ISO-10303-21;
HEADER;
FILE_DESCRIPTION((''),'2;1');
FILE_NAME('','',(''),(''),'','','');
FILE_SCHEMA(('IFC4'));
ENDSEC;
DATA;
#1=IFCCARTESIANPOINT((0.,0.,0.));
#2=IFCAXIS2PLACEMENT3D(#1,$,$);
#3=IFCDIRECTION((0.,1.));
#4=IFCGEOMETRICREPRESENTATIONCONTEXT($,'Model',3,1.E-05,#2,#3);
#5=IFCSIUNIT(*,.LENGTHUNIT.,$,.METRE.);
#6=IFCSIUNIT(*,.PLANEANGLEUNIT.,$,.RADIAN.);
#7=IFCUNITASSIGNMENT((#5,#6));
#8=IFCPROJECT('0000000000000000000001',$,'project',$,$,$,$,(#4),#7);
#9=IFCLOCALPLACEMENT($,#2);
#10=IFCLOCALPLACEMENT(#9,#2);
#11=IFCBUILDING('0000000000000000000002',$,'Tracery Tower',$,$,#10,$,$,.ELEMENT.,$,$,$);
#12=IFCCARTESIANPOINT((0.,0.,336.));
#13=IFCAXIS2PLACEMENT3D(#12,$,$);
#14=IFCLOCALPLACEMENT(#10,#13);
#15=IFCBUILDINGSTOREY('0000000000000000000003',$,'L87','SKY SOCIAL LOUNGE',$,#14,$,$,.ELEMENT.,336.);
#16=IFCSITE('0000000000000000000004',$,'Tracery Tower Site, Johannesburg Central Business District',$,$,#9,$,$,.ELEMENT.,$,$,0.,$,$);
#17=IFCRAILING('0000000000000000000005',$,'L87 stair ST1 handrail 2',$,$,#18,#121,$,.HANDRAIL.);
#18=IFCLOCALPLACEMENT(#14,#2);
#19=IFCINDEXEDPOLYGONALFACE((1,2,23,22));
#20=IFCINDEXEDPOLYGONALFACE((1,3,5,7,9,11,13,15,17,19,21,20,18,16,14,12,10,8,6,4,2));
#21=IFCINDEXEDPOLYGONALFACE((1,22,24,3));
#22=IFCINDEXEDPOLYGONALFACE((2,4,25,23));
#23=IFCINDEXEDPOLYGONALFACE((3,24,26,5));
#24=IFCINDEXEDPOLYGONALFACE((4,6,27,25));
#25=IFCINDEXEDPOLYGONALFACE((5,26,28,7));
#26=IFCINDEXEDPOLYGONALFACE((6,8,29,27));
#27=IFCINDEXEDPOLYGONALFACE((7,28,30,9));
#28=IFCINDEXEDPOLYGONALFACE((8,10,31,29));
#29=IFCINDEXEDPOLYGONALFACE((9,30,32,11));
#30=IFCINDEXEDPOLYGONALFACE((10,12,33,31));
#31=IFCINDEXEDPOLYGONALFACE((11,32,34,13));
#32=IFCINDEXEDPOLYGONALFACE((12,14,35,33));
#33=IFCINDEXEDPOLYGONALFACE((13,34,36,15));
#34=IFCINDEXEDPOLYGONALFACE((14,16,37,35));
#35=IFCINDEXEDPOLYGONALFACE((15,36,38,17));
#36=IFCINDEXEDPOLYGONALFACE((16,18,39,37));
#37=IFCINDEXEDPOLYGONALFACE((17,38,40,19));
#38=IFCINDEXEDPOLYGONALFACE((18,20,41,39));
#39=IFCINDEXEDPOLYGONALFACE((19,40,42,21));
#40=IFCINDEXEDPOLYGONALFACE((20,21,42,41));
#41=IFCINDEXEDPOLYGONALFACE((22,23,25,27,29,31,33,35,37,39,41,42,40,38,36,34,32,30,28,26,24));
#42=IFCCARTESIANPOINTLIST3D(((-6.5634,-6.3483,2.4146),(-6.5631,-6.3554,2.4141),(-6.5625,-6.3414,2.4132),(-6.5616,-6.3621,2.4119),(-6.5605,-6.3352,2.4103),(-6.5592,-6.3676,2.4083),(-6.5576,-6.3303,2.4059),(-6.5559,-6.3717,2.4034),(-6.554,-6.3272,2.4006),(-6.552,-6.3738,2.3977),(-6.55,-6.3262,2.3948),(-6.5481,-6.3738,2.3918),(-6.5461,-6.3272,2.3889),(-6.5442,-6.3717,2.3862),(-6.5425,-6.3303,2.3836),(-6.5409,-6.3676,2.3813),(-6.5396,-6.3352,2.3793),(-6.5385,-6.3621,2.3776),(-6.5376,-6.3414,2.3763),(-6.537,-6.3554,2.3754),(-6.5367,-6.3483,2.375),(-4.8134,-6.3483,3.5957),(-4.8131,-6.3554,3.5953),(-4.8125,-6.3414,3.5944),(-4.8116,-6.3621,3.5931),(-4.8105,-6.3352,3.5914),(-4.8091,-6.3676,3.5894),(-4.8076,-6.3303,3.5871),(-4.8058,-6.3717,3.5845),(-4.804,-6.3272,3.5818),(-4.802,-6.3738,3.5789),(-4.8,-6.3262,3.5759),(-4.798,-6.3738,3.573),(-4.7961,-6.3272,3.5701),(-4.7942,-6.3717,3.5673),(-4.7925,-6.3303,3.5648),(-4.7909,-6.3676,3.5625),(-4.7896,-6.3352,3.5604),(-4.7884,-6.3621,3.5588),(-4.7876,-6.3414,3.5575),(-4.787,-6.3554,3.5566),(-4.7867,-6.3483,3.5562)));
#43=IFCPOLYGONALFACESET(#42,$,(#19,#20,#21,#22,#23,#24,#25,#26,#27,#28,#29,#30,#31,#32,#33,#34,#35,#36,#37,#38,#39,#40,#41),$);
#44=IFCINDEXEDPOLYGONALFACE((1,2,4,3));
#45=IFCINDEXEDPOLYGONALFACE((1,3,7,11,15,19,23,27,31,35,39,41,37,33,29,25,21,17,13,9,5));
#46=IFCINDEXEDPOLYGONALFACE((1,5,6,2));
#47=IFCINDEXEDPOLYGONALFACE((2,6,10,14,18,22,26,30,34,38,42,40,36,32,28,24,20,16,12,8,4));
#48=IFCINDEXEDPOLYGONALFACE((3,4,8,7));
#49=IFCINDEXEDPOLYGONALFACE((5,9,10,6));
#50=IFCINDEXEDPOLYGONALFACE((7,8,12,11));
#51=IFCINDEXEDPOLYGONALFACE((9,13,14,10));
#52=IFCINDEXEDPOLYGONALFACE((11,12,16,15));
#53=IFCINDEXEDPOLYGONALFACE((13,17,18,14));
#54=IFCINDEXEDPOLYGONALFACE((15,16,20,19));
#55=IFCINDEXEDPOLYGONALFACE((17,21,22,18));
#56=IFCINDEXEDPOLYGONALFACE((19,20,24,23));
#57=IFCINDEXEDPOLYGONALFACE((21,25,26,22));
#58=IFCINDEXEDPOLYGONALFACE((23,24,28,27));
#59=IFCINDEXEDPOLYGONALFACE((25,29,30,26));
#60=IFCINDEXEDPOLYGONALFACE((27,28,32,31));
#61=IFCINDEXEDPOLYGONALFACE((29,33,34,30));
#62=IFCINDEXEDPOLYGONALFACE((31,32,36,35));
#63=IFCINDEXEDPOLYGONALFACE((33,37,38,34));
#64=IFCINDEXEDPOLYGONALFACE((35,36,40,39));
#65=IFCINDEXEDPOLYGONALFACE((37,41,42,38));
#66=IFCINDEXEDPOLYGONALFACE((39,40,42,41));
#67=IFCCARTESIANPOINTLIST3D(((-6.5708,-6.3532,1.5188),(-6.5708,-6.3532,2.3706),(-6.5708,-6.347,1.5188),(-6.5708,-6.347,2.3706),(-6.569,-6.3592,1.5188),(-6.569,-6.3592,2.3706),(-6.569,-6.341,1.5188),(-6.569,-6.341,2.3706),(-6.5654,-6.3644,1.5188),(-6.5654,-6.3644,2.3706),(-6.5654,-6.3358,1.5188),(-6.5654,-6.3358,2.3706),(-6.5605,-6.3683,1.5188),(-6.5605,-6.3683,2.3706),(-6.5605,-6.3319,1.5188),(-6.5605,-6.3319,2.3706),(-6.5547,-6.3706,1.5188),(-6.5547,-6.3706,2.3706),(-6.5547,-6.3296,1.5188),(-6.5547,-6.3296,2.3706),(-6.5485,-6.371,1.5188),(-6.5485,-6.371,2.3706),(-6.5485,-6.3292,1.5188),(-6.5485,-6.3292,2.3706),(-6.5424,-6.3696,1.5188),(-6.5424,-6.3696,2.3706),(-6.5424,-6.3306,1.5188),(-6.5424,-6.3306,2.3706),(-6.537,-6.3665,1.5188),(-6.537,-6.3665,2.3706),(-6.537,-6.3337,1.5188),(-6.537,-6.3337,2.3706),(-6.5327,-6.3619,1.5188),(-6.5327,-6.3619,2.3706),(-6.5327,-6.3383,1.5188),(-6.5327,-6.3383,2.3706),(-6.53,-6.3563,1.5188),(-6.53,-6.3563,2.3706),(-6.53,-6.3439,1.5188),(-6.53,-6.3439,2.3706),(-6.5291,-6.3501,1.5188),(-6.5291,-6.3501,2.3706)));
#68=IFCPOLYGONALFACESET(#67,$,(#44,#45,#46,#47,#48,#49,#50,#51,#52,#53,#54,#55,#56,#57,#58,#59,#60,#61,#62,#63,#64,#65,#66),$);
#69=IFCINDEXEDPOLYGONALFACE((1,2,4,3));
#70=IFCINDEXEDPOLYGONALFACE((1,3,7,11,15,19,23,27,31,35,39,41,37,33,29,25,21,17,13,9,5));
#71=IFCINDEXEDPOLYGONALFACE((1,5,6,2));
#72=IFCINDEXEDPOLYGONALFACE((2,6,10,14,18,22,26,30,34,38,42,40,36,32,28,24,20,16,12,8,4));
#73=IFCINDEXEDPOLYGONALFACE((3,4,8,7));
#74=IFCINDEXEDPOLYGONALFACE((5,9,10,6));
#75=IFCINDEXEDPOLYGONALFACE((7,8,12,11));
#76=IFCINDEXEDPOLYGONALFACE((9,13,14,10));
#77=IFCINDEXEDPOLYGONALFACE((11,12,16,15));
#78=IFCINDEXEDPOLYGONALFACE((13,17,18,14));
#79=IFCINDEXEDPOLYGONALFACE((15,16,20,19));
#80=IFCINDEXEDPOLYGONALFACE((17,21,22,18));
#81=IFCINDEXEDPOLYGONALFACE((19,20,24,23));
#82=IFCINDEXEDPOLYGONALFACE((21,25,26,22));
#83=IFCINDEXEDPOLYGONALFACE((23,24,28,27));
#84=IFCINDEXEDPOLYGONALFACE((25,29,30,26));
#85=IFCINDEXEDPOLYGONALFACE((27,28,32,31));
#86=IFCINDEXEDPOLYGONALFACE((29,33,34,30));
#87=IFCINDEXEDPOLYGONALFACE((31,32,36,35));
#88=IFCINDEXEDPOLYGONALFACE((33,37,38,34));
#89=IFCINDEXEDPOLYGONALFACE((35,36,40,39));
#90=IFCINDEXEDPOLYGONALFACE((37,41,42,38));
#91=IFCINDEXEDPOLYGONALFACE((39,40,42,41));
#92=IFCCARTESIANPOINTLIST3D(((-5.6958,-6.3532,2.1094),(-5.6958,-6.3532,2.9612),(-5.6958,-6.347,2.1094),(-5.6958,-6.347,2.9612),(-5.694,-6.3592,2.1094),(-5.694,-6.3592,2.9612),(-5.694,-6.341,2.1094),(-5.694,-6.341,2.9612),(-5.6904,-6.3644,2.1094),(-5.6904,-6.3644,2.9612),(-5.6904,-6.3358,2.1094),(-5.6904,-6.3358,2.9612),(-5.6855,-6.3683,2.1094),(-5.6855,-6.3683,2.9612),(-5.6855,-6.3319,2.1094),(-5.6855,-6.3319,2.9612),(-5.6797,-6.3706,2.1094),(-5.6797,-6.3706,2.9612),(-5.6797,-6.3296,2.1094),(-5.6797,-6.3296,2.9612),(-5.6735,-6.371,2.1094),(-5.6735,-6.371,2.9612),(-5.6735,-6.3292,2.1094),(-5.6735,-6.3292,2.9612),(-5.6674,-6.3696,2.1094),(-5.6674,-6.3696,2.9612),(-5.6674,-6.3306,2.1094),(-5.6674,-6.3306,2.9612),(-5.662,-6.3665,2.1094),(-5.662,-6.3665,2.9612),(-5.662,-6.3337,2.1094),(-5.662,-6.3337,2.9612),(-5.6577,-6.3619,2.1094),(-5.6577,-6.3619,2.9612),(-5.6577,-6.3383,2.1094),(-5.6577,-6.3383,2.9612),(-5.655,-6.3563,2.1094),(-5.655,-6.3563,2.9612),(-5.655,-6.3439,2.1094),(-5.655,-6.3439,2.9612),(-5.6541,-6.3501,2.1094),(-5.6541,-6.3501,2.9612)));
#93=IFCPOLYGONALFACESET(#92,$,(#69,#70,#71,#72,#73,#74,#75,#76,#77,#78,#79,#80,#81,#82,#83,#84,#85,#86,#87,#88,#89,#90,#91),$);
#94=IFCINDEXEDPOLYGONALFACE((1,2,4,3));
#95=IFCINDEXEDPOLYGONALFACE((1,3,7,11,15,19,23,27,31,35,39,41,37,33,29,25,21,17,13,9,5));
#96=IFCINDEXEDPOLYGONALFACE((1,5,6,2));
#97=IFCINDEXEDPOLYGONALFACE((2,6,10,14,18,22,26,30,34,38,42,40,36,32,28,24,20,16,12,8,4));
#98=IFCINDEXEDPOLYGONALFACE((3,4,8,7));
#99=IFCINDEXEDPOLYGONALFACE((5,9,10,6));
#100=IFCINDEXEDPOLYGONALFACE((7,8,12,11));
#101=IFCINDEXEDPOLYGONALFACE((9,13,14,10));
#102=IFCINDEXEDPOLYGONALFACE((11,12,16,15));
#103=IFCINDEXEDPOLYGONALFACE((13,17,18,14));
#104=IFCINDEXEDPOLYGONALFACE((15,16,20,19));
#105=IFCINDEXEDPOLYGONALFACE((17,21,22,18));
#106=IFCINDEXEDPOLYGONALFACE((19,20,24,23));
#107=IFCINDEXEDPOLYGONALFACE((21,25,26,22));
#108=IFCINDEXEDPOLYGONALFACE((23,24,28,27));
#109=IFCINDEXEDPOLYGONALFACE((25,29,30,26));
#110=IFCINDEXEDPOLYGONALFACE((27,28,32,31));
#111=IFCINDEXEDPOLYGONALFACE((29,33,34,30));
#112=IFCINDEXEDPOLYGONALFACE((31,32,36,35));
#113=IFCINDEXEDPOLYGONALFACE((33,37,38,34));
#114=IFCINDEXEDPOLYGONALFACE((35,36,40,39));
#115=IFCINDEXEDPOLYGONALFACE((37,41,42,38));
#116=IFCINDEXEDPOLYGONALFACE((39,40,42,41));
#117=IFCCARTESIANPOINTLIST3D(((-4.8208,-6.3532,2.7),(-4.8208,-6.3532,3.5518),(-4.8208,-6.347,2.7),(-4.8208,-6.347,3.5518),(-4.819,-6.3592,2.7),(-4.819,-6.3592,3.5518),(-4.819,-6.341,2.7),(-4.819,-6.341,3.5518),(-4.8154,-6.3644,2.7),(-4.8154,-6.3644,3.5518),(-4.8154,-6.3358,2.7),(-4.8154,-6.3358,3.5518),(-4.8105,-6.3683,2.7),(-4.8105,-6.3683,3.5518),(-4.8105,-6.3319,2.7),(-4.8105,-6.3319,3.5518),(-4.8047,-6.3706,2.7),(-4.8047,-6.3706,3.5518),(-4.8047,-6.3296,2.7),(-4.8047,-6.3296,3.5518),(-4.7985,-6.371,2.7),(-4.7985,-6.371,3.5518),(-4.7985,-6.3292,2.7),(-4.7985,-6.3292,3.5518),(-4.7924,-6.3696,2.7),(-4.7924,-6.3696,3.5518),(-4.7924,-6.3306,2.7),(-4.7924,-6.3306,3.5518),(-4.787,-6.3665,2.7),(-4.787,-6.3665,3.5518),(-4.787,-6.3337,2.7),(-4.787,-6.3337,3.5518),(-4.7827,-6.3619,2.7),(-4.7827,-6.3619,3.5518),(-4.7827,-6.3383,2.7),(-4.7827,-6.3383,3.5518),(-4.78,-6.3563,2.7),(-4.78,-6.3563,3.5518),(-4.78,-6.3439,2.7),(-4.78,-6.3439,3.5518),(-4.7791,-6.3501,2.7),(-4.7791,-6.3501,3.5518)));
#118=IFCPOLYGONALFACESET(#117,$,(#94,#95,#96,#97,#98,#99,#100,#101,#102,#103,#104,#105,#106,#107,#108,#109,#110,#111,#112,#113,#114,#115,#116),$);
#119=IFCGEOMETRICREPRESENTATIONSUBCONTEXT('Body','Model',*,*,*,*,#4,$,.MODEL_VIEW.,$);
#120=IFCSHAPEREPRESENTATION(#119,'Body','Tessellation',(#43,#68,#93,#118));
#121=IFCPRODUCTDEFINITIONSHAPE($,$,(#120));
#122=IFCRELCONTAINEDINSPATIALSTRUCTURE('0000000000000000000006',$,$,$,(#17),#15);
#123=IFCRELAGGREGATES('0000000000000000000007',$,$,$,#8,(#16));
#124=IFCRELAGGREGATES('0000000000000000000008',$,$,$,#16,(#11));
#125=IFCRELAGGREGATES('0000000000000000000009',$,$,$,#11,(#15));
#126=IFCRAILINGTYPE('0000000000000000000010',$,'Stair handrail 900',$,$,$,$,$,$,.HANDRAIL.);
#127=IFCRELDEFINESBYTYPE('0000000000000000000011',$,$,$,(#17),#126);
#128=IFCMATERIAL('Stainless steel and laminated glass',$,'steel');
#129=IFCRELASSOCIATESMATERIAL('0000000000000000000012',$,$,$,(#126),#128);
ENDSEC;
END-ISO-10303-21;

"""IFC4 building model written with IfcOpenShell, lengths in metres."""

from ifc_helpers import new_model, si_unit, direction, frame, origin, origin_2d, place, context, subcontext, project, spatial, circle, extrude, material, type_object, element, save


model = new_model("IFC4")

# Units and contexts
model_context = context("Model", 3, precision=1e-05, world=origin(), true_north=direction((0.0, 1.0)))
body_context = subcontext(model_context, "Body", "Model", "MODEL_VIEW")
ifc_project = project(units=[si_unit("LENGTHUNIT", "METRE"), si_unit("PLANEANGLEUNIT", "RADIAN")], contexts=[model_context])

# Site, building, storey
site_placement = place(None, origin())
site = spatial("IfcSite", under=ifc_project, at=site_placement, Name="Tracery Tower Site, Johannesburg Central Business District", CompositionType="ELEMENT", RefElevation=0.0)
building_placement = place(site_placement, origin())
building = spatial("IfcBuilding", under=site, at=building_placement, Name="Tracery Tower", CompositionType="ELEMENT")
storey_placement = place(building_placement, frame((0.0, 0.0, 336.0)))
storey = spatial("IfcBuildingStorey", under=building, at=storey_placement, Name="L87", Description="SKY SOCIAL LOUNGE", CompositionType="ELEMENT", Elevation=336.0)

# Railing
ifc_material_1 = material(Name="Stainless steel and laminated glass", Category="steel")
railing_type_1 = type_object("IfcRailingType", Name="Stair handrail 900", PredefinedType="HANDRAIL", material=ifc_material_1)
railing_1_placement = place(storey_placement, frame((-6.55, -6.3501, 1.5188)))
element("IfcRailing", 1, at=railing_1_placement, inside=storey, type_object=railing_type_1, Name="L87 stair ST1 handrail 2", PredefinedType="HANDRAIL", context=body_context, shape_type="SweptSolid", body=[
    extrude(circle(Radius=0.0239, at=origin_2d()), frame((0.0, 0.0, 0.876), z_axis=(0.82887, 0.0, 0.559441), x_axis=(0.0, 1.0, 0.0)), (0.0, 0.0, 1.0), 2.1113),
    extrude(circle(Radius=0.021, at=origin_2d()), origin(), (0.0, 0.0, 1.0), 0.8518),
    extrude(circle(Radius=0.021, at=origin_2d()), frame((0.875, 0.0, 0.5906)), (0.0, 0.0, 1.0), 0.8518),
    extrude(circle(Radius=0.021, at=origin_2d()), frame((1.75, 0.0, 1.1812)), (0.0, 0.0, 1.0), 0.8518),
])

save(model, "model.ifc")
